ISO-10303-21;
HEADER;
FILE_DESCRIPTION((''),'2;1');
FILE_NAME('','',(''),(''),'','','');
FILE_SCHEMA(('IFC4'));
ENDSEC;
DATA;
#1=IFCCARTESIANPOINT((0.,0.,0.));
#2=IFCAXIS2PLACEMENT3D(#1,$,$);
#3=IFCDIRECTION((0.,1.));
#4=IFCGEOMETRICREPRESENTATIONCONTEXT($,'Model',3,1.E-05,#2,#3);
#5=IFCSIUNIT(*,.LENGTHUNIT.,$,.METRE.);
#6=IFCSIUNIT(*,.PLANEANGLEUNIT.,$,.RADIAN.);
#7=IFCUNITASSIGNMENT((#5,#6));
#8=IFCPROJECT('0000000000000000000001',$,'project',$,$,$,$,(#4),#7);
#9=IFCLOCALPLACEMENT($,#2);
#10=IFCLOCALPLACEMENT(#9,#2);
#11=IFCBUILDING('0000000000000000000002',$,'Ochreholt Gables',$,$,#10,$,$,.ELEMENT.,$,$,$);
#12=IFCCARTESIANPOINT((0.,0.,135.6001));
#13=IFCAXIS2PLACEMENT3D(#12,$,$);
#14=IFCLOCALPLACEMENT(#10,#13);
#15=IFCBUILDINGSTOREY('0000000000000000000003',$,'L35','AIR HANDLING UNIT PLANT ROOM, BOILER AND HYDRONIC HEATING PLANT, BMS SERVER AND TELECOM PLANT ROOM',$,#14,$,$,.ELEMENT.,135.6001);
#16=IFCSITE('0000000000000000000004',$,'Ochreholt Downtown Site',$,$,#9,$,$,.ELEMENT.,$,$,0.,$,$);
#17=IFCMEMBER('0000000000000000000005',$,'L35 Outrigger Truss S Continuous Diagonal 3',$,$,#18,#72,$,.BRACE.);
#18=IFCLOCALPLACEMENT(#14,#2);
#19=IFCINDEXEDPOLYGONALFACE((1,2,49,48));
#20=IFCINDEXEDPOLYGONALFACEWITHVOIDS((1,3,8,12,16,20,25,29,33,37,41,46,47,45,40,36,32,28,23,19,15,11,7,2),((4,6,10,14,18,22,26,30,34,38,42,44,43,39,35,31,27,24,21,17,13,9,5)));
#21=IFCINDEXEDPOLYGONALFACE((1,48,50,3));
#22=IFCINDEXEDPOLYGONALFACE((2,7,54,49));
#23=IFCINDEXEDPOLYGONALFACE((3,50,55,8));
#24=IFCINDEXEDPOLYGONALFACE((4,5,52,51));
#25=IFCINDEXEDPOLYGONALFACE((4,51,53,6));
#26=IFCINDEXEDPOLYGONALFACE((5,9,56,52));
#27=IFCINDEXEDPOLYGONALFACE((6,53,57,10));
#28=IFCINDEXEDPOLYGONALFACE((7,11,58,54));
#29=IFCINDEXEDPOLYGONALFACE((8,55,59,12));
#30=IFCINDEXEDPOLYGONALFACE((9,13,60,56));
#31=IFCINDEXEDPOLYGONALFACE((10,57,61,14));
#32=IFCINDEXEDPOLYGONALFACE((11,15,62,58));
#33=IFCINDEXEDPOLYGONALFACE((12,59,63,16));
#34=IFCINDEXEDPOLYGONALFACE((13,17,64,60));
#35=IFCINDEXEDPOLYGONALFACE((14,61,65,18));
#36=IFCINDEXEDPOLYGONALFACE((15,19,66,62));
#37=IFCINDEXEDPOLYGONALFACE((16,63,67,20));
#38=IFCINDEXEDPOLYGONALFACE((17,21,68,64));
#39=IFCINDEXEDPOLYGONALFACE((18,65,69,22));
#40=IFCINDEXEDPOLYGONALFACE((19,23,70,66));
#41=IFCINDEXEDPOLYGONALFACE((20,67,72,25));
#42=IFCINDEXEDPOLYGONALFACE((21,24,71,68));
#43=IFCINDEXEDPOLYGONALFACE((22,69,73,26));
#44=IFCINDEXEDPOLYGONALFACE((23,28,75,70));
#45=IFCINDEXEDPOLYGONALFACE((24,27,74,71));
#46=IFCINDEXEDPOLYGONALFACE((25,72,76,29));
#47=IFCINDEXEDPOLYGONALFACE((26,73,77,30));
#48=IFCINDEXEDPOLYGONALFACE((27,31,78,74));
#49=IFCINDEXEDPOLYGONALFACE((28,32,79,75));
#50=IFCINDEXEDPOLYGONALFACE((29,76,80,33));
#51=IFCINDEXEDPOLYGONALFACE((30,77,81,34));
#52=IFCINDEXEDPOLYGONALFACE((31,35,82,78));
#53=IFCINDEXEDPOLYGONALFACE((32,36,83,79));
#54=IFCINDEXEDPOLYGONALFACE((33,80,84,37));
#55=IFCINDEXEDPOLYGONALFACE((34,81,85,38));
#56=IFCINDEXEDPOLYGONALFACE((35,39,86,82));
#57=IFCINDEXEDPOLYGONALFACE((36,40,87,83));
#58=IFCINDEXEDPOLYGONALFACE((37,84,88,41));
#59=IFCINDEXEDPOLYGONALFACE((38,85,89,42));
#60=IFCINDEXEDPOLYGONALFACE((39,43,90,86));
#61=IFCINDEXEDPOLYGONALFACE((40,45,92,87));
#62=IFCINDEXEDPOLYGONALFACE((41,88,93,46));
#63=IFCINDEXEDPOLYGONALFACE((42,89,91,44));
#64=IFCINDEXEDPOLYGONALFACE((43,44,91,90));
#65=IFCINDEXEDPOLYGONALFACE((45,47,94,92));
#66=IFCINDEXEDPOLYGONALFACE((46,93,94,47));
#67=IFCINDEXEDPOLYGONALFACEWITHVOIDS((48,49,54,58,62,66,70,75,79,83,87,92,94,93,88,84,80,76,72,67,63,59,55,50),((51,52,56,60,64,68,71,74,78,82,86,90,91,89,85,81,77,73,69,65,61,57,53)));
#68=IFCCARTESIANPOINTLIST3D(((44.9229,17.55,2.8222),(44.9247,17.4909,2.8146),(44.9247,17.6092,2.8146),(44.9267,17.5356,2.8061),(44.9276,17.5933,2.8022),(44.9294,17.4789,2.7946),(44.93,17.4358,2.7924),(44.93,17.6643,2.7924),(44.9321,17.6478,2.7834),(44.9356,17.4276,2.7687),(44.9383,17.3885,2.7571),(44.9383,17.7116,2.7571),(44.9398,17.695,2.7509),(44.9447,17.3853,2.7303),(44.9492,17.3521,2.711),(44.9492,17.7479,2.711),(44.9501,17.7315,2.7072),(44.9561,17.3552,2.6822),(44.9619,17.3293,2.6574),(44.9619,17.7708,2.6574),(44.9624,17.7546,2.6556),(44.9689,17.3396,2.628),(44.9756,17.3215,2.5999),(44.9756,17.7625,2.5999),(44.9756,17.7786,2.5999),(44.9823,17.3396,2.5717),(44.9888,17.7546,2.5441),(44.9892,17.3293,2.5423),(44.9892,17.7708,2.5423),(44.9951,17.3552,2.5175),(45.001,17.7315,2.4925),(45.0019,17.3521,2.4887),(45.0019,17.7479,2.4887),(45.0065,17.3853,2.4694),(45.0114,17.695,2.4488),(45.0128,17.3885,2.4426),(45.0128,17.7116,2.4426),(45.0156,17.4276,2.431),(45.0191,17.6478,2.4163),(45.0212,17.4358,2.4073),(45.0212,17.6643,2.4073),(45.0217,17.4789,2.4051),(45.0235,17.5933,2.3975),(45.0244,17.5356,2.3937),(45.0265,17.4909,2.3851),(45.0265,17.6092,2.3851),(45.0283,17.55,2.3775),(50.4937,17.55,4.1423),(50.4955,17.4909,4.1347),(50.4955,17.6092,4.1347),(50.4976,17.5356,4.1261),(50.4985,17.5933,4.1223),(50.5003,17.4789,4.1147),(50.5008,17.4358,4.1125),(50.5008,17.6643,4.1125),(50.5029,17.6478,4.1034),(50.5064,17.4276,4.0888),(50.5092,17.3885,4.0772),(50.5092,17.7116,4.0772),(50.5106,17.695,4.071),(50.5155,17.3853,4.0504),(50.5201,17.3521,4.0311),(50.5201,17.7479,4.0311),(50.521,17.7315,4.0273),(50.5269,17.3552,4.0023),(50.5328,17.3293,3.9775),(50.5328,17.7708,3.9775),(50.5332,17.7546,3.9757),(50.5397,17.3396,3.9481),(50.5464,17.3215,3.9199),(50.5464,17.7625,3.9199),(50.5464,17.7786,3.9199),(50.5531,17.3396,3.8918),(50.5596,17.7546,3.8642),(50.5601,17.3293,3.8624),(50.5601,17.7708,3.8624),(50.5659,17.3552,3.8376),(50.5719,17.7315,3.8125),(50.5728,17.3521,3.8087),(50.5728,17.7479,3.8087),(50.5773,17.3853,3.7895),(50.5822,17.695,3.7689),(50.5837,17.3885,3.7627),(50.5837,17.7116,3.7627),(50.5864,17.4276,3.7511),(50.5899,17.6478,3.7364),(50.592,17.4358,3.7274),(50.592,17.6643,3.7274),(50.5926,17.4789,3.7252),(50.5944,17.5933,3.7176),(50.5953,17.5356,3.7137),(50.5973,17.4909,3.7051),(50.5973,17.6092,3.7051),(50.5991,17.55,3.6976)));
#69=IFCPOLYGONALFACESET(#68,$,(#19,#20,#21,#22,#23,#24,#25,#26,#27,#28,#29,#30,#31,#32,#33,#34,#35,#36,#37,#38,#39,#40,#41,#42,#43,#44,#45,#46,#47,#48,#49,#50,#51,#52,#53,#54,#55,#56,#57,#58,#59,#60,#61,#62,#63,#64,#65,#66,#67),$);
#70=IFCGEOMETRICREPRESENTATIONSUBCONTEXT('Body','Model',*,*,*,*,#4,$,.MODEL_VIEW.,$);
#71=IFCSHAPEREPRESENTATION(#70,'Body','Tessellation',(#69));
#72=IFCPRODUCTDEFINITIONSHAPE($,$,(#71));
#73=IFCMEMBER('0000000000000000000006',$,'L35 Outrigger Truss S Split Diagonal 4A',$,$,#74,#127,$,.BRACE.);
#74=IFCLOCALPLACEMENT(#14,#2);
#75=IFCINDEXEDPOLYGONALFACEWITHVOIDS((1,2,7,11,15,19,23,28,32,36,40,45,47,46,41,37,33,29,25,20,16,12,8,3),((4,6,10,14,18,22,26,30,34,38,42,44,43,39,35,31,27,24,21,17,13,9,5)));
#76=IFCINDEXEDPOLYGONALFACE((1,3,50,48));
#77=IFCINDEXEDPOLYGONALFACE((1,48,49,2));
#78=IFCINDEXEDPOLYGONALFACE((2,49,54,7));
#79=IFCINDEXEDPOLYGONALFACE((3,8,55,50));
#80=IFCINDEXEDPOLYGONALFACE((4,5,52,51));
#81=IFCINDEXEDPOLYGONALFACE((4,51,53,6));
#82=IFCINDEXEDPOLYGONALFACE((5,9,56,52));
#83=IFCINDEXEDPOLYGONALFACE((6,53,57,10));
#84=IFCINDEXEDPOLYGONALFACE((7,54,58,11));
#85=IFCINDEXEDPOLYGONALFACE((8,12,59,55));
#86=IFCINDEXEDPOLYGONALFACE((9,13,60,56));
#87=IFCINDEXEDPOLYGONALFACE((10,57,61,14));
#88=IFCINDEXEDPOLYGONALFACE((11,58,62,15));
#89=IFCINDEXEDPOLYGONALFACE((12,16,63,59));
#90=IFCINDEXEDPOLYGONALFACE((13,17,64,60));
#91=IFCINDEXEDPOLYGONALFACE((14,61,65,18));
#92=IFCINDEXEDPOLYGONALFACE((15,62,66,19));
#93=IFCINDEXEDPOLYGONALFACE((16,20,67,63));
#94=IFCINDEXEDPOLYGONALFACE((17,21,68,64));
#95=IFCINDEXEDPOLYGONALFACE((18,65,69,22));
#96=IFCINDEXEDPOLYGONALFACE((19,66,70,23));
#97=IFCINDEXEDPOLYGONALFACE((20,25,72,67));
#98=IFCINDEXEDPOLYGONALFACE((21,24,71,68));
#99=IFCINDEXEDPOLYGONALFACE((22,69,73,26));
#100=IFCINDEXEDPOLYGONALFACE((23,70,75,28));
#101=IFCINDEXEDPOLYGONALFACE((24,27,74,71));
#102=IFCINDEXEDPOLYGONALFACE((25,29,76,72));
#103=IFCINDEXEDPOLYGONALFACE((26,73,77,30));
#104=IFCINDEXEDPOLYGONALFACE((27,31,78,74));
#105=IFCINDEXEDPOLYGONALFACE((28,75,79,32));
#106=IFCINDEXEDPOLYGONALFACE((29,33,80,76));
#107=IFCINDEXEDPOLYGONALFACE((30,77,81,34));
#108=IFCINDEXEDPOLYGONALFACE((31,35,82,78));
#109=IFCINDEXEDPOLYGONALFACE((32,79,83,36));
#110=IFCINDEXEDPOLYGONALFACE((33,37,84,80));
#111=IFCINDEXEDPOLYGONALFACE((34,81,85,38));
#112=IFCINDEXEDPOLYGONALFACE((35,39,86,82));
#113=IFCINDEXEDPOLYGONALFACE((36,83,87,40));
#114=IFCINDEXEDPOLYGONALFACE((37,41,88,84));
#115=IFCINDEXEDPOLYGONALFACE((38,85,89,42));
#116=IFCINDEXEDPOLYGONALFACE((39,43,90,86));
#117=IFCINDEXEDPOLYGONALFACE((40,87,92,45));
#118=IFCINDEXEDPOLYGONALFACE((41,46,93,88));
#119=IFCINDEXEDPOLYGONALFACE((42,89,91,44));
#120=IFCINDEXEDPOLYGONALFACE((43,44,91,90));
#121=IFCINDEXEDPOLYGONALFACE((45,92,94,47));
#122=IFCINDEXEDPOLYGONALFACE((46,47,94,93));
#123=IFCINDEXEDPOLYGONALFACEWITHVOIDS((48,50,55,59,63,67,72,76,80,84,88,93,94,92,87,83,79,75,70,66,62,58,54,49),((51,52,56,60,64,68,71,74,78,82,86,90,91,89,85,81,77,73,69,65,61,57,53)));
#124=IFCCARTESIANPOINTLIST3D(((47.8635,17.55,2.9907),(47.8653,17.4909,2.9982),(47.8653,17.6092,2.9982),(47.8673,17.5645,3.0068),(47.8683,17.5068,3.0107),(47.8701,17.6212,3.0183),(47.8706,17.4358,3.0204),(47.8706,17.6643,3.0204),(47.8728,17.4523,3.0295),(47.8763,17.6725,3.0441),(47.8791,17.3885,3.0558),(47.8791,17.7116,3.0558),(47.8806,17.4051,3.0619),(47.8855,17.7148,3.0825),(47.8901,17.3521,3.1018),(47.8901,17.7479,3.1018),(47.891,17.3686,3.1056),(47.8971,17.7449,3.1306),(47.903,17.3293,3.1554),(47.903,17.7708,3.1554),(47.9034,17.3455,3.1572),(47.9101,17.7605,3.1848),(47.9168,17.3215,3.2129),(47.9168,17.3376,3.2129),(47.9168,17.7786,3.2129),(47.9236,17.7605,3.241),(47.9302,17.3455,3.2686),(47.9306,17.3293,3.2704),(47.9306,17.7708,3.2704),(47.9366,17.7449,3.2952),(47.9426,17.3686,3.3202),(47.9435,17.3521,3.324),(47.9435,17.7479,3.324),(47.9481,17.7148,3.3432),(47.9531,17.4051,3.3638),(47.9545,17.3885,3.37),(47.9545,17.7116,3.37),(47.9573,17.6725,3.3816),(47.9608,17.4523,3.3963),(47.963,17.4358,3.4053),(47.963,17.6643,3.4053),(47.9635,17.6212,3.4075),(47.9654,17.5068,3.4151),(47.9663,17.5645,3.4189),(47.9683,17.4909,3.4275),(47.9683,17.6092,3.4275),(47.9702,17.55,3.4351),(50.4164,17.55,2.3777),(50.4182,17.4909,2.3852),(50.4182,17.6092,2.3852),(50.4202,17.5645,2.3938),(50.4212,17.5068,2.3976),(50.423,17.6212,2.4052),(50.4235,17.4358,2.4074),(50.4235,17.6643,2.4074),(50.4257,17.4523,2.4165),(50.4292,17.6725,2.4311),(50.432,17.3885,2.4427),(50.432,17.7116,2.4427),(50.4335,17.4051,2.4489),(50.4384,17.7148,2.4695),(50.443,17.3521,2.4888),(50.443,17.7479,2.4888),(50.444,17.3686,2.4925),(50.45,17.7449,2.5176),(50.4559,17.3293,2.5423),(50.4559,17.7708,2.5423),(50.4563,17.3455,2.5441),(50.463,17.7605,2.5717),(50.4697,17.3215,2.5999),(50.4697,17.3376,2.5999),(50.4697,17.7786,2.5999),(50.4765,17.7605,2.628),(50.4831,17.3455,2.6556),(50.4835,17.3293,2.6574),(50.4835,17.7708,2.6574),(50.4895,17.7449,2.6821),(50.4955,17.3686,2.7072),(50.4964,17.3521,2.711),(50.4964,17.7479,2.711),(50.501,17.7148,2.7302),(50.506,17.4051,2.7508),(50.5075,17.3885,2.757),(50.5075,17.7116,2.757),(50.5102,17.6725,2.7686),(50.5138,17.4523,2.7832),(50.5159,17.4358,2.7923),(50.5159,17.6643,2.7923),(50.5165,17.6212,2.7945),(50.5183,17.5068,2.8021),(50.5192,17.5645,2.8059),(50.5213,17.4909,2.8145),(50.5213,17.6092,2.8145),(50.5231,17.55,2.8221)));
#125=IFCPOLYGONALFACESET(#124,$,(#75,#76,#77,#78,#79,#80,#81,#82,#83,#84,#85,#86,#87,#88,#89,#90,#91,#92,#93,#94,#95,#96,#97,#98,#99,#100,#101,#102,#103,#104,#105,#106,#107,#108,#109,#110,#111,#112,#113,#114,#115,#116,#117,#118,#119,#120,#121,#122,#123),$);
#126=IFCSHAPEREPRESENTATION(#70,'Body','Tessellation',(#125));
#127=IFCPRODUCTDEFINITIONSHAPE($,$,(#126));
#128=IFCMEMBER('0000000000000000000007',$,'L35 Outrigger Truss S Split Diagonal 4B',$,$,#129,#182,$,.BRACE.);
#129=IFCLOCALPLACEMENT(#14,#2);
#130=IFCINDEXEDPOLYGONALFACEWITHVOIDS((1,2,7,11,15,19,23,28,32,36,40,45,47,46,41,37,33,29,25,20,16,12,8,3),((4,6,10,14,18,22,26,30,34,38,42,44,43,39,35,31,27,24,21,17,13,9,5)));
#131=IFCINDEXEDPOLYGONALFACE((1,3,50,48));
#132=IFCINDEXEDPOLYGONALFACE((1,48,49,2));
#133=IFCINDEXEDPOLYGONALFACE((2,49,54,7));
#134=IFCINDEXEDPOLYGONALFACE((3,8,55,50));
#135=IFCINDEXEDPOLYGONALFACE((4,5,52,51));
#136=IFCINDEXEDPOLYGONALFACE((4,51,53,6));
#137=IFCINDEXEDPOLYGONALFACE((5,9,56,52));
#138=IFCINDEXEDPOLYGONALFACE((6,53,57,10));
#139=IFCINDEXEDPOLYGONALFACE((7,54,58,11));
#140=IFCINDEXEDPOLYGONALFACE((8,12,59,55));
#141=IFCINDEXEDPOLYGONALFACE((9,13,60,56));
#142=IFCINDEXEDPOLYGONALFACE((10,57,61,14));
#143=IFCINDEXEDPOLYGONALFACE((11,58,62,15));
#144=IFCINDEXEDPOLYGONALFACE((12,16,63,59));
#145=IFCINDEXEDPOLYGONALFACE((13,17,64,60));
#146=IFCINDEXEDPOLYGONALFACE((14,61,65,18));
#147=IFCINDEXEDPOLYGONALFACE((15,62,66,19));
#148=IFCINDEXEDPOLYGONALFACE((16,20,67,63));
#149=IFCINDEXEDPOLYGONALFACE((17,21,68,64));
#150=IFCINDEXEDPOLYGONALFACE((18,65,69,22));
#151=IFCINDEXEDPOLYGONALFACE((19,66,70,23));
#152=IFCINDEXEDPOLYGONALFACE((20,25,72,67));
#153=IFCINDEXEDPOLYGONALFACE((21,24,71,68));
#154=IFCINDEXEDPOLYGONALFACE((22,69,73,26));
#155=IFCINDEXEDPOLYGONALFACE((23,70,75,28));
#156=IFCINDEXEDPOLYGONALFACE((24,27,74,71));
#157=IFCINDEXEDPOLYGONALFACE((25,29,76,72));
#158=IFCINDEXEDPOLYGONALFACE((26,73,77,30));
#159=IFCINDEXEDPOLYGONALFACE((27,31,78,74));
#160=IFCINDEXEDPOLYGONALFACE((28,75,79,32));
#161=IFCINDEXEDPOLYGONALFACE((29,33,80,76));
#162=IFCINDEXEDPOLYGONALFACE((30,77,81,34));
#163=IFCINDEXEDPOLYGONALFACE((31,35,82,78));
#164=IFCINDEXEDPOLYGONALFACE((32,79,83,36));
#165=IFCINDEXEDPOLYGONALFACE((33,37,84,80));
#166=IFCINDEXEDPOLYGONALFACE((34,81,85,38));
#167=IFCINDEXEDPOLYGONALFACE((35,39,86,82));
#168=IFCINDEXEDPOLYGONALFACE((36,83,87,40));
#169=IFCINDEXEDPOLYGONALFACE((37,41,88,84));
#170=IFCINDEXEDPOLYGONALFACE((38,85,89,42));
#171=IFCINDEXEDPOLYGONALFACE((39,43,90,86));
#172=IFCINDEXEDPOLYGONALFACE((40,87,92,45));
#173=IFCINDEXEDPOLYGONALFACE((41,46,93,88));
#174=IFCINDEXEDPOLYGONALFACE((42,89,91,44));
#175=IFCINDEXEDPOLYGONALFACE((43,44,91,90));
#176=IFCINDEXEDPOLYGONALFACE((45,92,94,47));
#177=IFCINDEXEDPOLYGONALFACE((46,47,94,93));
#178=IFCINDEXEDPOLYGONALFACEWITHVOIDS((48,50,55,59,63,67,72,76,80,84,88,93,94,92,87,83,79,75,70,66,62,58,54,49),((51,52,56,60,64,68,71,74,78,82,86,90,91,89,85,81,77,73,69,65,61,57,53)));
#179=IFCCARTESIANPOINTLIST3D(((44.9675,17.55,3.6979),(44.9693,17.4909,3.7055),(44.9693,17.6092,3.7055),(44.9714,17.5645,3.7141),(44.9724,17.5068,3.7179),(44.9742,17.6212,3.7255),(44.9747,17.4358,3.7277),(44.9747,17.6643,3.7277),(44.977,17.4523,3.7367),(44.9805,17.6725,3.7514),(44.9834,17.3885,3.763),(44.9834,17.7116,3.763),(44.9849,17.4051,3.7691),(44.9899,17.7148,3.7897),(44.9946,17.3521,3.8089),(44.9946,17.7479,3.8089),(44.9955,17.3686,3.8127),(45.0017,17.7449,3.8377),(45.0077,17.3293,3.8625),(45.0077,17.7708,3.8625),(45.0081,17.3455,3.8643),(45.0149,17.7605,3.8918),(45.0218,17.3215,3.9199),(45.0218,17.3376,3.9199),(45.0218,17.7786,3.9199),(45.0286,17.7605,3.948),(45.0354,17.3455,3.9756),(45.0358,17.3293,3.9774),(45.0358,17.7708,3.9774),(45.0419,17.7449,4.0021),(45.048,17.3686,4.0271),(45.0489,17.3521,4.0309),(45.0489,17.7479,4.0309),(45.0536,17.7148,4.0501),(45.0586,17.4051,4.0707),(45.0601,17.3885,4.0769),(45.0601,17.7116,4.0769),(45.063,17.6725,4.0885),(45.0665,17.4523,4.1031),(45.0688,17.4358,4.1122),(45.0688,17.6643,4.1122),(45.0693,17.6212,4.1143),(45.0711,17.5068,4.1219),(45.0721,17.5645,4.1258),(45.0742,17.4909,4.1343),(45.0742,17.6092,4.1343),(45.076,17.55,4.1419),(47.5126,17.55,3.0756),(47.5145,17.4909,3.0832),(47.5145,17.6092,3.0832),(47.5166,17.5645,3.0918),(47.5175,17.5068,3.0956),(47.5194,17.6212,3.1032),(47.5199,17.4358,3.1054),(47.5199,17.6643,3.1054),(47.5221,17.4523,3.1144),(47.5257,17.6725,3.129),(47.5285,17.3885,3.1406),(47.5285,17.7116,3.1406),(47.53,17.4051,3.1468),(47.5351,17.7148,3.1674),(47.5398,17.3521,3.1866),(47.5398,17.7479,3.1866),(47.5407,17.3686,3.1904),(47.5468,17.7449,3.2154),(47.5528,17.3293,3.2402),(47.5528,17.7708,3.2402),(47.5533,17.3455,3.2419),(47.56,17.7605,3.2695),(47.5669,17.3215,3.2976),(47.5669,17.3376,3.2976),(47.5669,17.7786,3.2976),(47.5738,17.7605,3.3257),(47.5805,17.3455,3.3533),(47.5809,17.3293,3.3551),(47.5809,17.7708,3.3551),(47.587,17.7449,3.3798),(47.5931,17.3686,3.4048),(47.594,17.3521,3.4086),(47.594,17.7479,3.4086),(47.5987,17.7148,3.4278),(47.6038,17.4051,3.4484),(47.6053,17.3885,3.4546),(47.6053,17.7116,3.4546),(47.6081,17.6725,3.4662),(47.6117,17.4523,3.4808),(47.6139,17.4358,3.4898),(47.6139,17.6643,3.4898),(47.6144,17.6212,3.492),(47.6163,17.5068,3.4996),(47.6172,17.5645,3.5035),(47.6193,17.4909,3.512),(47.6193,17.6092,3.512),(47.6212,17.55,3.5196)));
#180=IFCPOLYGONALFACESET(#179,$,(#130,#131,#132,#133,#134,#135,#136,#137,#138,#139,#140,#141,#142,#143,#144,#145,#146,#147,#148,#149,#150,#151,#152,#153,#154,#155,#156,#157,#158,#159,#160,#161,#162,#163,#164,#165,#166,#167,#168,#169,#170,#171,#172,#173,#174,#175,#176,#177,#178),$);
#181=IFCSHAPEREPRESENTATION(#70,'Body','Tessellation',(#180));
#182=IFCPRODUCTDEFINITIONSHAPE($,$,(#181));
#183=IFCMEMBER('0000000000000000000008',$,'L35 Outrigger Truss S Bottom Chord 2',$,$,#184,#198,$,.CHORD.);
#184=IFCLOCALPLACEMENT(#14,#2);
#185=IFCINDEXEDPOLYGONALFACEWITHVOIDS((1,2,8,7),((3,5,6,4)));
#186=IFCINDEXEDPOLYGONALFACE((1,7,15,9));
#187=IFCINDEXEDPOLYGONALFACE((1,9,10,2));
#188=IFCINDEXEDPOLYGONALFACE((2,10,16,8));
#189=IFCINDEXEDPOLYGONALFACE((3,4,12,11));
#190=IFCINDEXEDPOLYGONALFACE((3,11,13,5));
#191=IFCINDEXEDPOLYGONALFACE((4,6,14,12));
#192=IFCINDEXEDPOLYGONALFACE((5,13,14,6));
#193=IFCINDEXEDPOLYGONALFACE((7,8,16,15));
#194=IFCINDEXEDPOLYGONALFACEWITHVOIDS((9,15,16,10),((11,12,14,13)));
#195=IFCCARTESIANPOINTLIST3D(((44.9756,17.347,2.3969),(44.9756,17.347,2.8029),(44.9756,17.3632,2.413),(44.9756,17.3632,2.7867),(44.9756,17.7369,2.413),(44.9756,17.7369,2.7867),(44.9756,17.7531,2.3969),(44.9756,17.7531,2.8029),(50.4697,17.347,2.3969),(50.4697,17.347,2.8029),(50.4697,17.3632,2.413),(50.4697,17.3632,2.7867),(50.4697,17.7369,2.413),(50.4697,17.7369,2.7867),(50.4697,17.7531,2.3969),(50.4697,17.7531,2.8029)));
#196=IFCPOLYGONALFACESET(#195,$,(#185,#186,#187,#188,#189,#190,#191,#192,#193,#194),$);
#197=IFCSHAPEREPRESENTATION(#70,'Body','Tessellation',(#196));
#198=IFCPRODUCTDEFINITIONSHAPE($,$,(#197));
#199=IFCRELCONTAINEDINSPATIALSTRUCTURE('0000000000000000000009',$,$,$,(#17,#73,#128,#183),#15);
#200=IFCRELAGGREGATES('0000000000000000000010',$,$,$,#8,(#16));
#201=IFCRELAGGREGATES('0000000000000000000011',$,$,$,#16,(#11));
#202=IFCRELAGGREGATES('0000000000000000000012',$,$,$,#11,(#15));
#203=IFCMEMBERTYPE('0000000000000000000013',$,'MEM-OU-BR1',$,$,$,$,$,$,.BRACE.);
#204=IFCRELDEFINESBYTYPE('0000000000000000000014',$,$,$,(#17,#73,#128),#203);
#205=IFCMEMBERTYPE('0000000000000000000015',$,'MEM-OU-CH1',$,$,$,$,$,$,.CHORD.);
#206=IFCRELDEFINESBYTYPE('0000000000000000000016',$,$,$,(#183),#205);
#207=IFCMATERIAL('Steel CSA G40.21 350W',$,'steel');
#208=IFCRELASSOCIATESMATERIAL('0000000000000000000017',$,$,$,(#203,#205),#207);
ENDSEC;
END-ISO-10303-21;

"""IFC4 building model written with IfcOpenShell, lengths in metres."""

from ifc_helpers import new_model, si_unit, direction, frame, origin, origin_2d, place, context, subcontext, project, spatial, hollow_rectangle, hollow_circle, extrude, material, material_profile, profile_set, type_object, element, save


model = new_model("IFC4")

# Units and contexts
model_context = context("Model", 3, precision=1e-05, world=origin(), true_north=direction((0.0, 1.0)))
body_context = subcontext(model_context, "Body", "Model", "MODEL_VIEW")
ifc_project = project(units=[si_unit("LENGTHUNIT", "METRE"), si_unit("PLANEANGLEUNIT", "RADIAN")], contexts=[model_context])

# Site, building, storey
site_placement = place(None, origin())
site = spatial("IfcSite", under=ifc_project, at=site_placement, Name="Ochreholt Downtown Site", CompositionType="ELEMENT", RefElevation=0.0)
building_placement = place(site_placement, origin())
building = spatial("IfcBuilding", under=site, at=building_placement, Name="Ochreholt Gables", CompositionType="ELEMENT")
storey_placement = place(building_placement, frame((0.0, 0.0, 135.6001)))
storey = spatial("IfcBuildingStorey", under=building, at=storey_placement, Name="L35", Description="AIR HANDLING UNIT PLANT ROOM, BOILER AND HYDRONIC HEATING PLANT, BMS SERVER AND TELECOM PLANT ROOM", CompositionType="ELEMENT", Elevation=135.6001)

# Shared definitions
ifc_material_1 = material(Name="Steel CSA G40.21 350W", Category="steel")

# Members
ifc_material_profile_1 = material_profile(ifc_material_1, hollow_circle(Radius=0.2285, WallThickness=0.0161, at=origin_2d()), Name="CHS457X16")
ifc_profile_set_1 = profile_set([ifc_material_profile_1], Name="Steel CSA G40.21 350W")
member_type_1 = type_object("IfcMemberType", Name="MEM-OU-BR1", PredefinedType="BRACE", material=ifc_profile_set_1)
member_1_placement = place(storey_placement, frame((44.9756, 17.55, 2.5999), z_axis=(0.973054, 0.0, 0.230577), x_axis=(0.0, 1.0, 0.0)))
element("IfcMember", 1, at=member_1_placement, inside=storey, type_object=member_type_1, Name="L35 Outrigger Truss S Continuous Diagonal 3", PredefinedType="BRACE", context=body_context, shape_type="SweptSolid", body=[
    extrude(hollow_circle(Radius=0.2285, WallThickness=0.0161, at=origin_2d()), origin(), (0.0, 0.0, 1.0), 5.7251),
])
member_2_placement = place(storey_placement, frame((50.4697, 17.55, 2.5999), z_axis=(-0.972359, 0.0, 0.233489), x_axis=(0.0, -1.0, 0.0)))
element("IfcMember", 2, at=member_2_placement, inside=storey, type_object=member_type_1, Name="L35 Outrigger Truss S Split Diagonal 4A", PredefinedType="BRACE", context=body_context, shape_type="SweptSolid", body=[
    extrude(hollow_circle(Radius=0.2285, WallThickness=0.0161, at=origin_2d()), origin(), (0.0, 0.0, 1.0), 2.6255),
])
member_3_placement = place(storey_placement, frame((47.5669, 17.55, 3.2976), z_axis=(-0.971385, 0.0, 0.237512), x_axis=(0.0, -1.0, 0.0)))
element("IfcMember", 3, at=member_3_placement, inside=storey, type_object=member_type_1, Name="L35 Outrigger Truss S Split Diagonal 4B", PredefinedType="BRACE", context=body_context, shape_type="SweptSolid", body=[
    extrude(hollow_circle(Radius=0.2285, WallThickness=0.0161, at=origin_2d()), origin(), (0.0, 0.0, 1.0), 2.6201),
])
ifc_material_profile_2 = material_profile(ifc_material_1, hollow_rectangle(XDim=0.406, YDim=0.406, WallThickness=0.0161, at=origin_2d()), Name="HSS406X406X16")
ifc_profile_set_2 = profile_set([ifc_material_profile_2], Name="Steel CSA G40.21 350W")
member_type_2 = type_object("IfcMemberType", Name="MEM-OU-CH1", PredefinedType="CHORD", material=ifc_profile_set_2)
member_4_placement = place(storey_placement, frame((44.9756, 17.55, 2.5999), z_axis=(1.0, 0.0, 0.0), x_axis=(0.0, 1.0, 0.0)))
element("IfcMember", 4, at=member_4_placement, inside=storey, type_object=member_type_2, Name="L35 Outrigger Truss S Bottom Chord 2", PredefinedType="CHORD", context=body_context, shape_type="SweptSolid", body=[
    extrude(hollow_rectangle(XDim=0.406, YDim=0.406, WallThickness=0.0161, at=origin_2d()), origin(), (0.0, 0.0, 1.0), 5.4941),
])

save(model, "model.ifc")
